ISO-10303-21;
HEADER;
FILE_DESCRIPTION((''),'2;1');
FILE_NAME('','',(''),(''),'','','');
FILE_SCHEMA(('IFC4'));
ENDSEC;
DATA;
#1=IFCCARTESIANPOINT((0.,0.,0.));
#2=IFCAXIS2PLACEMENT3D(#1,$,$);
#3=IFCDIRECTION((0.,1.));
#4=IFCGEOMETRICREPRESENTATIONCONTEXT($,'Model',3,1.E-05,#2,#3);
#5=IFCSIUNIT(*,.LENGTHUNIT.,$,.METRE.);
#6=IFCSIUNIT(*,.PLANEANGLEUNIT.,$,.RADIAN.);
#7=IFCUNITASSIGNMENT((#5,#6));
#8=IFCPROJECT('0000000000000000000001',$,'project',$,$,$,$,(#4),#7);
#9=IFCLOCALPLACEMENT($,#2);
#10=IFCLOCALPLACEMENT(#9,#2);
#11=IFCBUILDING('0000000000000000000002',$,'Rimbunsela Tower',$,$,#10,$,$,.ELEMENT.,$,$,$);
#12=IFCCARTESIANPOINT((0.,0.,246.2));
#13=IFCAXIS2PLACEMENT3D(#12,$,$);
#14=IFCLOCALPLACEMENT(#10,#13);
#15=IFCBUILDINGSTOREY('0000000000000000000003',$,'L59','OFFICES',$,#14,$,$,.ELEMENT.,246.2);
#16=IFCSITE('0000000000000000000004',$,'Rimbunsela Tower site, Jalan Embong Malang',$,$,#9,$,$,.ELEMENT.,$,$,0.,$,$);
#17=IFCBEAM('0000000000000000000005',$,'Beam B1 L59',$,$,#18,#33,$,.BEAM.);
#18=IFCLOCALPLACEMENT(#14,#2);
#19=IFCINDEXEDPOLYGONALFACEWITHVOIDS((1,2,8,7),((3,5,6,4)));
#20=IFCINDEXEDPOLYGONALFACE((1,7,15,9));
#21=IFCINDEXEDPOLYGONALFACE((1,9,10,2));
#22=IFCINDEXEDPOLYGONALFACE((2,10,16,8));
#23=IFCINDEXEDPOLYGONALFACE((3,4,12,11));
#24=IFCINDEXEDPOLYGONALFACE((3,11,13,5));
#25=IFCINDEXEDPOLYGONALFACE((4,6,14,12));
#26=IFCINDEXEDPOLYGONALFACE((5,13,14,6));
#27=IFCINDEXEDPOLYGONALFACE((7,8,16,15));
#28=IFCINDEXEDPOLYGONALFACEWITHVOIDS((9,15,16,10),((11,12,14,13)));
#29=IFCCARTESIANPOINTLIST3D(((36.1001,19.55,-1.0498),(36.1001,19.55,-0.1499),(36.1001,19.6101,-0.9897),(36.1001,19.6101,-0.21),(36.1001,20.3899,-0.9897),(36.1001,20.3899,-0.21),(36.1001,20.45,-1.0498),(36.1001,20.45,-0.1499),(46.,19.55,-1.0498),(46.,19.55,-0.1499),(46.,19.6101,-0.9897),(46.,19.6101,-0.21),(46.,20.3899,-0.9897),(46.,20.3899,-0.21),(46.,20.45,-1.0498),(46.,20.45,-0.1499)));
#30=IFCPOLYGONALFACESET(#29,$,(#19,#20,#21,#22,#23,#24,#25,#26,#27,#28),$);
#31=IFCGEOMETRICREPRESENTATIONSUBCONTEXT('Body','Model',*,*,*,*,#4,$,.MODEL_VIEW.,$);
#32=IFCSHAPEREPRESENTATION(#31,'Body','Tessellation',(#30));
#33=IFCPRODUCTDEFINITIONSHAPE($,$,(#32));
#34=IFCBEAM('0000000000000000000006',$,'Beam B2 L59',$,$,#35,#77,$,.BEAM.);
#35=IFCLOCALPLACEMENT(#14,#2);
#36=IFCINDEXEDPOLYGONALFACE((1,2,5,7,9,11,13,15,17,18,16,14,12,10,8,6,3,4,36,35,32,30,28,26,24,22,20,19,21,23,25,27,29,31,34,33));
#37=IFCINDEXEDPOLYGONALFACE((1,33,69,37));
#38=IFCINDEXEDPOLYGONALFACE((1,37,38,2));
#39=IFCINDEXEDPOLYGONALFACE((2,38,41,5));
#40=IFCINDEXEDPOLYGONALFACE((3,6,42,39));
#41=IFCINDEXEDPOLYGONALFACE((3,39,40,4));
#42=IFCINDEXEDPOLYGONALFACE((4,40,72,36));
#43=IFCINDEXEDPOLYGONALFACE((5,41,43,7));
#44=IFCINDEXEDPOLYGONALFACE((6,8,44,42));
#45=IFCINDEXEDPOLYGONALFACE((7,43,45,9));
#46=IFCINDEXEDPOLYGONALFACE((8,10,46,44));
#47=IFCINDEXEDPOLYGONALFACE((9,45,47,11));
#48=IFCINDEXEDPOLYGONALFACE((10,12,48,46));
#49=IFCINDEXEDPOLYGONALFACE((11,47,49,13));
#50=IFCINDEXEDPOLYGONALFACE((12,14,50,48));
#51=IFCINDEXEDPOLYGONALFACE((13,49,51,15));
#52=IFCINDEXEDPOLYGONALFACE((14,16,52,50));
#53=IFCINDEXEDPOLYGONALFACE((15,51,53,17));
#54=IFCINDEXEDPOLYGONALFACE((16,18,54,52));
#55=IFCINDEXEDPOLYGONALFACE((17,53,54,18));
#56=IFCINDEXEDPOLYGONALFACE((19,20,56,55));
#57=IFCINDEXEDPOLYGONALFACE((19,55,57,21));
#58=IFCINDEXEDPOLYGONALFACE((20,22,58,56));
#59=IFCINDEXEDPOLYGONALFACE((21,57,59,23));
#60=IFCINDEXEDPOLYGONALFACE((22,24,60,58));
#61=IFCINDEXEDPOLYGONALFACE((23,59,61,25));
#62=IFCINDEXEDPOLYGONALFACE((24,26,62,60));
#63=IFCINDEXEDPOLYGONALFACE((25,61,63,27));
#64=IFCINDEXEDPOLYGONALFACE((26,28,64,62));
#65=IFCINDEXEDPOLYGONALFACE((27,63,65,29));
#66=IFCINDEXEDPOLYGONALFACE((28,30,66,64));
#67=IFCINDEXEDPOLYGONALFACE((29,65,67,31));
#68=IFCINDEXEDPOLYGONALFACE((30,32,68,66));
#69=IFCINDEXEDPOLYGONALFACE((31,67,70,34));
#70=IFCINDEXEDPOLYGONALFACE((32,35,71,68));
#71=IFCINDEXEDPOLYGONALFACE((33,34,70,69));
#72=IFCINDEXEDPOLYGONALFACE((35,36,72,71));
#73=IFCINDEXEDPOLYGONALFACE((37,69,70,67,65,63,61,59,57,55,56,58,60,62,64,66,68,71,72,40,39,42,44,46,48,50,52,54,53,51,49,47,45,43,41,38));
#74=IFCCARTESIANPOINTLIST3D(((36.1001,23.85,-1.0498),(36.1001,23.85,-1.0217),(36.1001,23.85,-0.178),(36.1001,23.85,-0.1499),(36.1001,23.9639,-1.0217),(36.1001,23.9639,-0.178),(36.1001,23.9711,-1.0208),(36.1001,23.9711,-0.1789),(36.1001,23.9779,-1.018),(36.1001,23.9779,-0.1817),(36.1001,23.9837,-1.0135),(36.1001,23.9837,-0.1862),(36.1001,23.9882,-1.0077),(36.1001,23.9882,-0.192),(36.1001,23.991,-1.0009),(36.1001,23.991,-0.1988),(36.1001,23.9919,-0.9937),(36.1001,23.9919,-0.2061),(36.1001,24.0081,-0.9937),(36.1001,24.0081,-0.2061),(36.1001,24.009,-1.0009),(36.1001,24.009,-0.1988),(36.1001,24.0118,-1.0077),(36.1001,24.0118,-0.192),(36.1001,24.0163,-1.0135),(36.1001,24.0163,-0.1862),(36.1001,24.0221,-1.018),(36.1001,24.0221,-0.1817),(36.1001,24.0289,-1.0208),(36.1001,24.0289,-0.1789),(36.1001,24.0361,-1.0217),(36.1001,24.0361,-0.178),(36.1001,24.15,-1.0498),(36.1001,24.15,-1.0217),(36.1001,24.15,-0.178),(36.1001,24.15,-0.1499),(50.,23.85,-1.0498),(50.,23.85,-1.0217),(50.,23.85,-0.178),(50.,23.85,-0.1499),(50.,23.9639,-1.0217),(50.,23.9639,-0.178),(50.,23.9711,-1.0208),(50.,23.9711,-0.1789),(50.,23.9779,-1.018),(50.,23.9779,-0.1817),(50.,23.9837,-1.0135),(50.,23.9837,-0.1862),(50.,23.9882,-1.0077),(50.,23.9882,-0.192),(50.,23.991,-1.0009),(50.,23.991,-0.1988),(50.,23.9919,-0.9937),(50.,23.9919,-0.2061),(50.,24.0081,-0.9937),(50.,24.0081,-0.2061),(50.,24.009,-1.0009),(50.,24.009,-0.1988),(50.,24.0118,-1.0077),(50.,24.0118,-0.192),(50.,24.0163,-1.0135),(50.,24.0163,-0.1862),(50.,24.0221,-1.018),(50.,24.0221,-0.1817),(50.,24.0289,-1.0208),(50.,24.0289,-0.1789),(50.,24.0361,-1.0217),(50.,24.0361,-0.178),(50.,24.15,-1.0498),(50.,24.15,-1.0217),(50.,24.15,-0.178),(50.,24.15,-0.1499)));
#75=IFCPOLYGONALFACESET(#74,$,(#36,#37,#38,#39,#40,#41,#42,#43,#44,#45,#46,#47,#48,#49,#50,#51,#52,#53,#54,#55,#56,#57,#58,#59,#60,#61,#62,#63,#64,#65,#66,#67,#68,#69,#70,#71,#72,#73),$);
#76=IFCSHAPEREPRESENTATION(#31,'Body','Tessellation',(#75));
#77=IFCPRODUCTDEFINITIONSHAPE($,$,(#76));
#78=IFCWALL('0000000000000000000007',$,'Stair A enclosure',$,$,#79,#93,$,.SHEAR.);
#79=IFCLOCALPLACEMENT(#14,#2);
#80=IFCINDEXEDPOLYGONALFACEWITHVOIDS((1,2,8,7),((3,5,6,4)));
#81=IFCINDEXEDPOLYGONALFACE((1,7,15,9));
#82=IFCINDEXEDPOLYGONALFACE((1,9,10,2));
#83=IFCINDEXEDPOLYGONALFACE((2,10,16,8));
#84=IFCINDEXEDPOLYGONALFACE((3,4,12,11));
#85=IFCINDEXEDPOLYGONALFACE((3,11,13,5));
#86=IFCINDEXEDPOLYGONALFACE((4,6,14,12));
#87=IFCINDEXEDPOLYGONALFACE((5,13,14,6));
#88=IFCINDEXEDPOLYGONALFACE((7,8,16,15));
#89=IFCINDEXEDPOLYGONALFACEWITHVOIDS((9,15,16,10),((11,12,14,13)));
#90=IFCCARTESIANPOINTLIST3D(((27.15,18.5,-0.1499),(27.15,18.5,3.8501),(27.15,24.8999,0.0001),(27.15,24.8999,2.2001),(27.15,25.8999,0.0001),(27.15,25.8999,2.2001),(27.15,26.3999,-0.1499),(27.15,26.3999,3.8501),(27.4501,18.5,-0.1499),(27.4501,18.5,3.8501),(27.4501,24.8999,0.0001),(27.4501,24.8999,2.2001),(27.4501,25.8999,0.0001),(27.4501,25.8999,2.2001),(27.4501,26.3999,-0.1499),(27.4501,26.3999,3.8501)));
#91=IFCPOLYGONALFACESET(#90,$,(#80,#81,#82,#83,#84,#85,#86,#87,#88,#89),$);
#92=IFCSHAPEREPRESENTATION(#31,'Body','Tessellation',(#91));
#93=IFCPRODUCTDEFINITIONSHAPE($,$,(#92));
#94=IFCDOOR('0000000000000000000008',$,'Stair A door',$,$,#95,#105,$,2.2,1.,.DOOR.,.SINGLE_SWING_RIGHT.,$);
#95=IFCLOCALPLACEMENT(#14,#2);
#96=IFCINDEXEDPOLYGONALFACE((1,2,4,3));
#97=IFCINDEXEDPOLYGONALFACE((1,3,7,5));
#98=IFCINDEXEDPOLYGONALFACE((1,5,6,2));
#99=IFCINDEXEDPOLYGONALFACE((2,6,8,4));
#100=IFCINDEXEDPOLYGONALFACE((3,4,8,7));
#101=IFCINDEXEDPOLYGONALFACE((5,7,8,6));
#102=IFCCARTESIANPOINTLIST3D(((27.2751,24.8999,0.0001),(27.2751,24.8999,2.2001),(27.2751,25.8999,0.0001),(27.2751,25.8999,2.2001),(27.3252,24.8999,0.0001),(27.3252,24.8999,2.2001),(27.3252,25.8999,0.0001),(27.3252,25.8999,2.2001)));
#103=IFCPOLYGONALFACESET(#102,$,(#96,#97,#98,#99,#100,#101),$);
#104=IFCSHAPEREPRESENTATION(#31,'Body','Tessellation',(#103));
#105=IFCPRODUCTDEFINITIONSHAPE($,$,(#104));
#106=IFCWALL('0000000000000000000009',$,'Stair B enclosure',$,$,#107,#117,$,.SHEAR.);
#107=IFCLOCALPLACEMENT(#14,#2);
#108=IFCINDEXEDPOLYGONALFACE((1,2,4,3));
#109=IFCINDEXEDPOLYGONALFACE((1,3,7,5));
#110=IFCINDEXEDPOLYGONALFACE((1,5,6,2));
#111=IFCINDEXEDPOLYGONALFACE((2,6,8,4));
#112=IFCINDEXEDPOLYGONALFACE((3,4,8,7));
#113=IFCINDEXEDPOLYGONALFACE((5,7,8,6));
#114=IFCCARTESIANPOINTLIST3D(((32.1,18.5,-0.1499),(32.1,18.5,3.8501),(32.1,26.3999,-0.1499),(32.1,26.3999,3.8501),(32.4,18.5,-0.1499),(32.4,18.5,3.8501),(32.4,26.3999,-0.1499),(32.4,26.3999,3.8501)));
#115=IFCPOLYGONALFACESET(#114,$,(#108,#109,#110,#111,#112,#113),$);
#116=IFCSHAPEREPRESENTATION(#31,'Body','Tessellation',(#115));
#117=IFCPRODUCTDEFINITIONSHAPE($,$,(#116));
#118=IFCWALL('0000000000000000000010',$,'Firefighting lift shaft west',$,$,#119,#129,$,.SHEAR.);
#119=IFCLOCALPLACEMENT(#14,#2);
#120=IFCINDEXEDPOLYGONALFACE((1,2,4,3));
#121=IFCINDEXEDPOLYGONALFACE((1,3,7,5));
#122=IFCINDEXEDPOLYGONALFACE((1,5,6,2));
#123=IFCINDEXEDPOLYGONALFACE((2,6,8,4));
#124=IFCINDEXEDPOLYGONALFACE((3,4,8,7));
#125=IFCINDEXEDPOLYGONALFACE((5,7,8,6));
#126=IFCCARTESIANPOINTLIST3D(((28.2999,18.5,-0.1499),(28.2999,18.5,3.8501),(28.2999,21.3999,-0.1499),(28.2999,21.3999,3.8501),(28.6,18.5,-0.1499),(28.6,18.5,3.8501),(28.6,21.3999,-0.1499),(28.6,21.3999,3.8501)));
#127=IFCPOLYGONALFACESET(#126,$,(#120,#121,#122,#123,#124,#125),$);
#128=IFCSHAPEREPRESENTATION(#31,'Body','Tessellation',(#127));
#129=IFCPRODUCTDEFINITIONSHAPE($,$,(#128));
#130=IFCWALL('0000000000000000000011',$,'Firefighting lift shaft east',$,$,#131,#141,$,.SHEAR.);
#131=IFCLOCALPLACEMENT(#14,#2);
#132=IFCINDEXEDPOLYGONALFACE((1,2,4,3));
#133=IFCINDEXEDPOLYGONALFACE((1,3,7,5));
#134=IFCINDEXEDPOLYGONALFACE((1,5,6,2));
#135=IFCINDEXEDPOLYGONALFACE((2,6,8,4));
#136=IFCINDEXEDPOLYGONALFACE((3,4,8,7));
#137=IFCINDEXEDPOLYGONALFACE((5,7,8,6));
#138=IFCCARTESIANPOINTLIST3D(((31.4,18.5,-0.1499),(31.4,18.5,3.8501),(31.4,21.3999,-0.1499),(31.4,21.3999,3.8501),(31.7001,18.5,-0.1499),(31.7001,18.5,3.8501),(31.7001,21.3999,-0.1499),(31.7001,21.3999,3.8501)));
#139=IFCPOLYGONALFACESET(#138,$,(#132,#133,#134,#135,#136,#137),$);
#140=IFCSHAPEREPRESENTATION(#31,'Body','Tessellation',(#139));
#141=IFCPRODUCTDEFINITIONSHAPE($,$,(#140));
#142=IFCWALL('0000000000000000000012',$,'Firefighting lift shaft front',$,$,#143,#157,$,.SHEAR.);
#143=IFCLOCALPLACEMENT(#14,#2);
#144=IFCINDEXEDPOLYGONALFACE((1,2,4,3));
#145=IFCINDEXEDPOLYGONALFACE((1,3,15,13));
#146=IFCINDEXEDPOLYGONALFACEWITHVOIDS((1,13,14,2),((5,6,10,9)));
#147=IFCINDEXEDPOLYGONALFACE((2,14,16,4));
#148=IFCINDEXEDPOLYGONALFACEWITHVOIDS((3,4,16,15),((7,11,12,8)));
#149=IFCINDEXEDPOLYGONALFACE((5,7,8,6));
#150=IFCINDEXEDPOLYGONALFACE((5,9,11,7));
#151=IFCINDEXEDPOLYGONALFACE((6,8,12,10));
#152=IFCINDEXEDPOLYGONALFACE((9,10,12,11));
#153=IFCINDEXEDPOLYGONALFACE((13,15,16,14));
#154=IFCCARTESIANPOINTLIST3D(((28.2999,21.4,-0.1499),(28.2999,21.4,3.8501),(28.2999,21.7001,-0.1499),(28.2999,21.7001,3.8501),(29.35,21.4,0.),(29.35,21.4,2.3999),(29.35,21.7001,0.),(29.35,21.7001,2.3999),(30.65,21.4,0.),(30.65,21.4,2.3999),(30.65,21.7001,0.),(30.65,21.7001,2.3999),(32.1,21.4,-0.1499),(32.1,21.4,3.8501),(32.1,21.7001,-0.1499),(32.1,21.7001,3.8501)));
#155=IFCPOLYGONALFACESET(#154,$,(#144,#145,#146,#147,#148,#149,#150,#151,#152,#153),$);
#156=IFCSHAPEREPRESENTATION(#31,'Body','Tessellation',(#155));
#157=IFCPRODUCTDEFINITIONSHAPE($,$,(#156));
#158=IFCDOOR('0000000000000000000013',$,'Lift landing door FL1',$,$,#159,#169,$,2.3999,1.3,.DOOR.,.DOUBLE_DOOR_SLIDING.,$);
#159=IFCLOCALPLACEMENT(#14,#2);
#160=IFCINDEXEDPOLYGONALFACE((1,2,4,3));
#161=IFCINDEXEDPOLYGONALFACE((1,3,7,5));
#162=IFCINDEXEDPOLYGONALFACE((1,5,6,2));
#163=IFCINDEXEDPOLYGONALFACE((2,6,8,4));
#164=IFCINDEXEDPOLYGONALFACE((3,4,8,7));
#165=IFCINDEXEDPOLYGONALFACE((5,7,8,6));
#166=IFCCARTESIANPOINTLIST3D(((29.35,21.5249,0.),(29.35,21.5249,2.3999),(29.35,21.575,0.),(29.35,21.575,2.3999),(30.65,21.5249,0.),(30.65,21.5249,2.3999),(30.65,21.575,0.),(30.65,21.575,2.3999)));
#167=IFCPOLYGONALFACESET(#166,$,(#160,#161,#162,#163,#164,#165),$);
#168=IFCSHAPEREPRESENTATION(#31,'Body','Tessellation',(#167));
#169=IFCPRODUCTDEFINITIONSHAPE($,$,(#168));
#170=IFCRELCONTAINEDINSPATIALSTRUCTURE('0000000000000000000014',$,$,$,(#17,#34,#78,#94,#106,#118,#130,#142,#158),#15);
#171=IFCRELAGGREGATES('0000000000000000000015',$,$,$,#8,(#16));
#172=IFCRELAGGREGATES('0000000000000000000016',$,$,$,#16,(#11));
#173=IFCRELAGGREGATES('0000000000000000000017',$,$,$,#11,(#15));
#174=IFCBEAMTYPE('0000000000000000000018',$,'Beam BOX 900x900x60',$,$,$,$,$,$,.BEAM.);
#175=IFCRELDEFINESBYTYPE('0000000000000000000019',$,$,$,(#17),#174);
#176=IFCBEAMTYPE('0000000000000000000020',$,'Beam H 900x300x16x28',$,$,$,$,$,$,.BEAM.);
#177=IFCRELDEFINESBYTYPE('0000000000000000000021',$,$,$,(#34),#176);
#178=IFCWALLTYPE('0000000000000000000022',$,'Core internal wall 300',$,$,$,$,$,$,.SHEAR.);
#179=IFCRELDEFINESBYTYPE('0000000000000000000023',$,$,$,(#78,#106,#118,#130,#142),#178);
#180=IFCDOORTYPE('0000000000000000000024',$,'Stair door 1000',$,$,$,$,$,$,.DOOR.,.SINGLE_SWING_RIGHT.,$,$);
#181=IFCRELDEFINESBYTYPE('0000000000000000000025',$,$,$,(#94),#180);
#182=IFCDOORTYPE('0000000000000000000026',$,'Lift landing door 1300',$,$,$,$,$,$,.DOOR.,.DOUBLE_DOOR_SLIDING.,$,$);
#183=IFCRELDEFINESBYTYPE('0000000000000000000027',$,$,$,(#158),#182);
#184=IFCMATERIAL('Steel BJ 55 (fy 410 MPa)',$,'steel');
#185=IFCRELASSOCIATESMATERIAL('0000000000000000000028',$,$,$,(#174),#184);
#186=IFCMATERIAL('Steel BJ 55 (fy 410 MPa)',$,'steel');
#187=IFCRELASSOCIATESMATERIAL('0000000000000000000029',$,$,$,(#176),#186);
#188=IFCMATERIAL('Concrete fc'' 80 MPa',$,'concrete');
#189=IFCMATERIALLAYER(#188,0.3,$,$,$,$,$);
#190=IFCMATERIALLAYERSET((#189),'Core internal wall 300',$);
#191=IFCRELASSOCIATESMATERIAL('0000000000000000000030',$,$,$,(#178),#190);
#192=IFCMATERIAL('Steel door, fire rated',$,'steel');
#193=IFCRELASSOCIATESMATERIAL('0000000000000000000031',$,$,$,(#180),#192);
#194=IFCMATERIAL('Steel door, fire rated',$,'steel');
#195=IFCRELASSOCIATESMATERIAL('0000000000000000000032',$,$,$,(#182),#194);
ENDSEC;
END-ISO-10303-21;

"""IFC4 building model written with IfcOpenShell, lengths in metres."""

from ifc_helpers import new_model, si_unit, direction, frame, frame_2d, origin, origin_2d, place, context, subcontext, project, spatial, rectangle, hollow_rectangle, i_section, extrude, material, layer, layer_set, material_profile, profile_set, type_object, element, fill, save


model = new_model("IFC4")

# Units and contexts
model_context = context("Model", 3, precision=1e-05, world=origin(), true_north=direction((0.0, 1.0)))
body_context = subcontext(model_context, "Body", "Model", "MODEL_VIEW")
ifc_project = project(units=[si_unit("LENGTHUNIT", "METRE"), si_unit("PLANEANGLEUNIT", "RADIAN")], contexts=[model_context])

# Site, building, storey
site_placement = place(None, origin())
site = spatial("IfcSite", under=ifc_project, at=site_placement, Name="Rimbunsela Tower site, Jalan Embong Malang", CompositionType="ELEMENT", RefElevation=0.0)
building_placement = place(site_placement, origin())
building = spatial("IfcBuilding", under=site, at=building_placement, Name="Rimbunsela Tower", CompositionType="ELEMENT")
storey_placement = place(building_placement, frame((0.0, 0.0, 246.2)))
storey = spatial("IfcBuildingStorey", under=building, at=storey_placement, Name="L59", Description="OFFICES", CompositionType="ELEMENT", Elevation=246.2)

# Beams
ifc_material_1 = material(Name="Steel BJ 55 (fy 410 MPa)", Category="steel")
ifc_material_profile_1 = material_profile(ifc_material_1, hollow_rectangle(XDim=0.8999, YDim=0.8999, WallThickness=0.0601, at=origin_2d()), Name="BOX 900x900x60")
ifc_profile_set_1 = profile_set([ifc_material_profile_1], Name="Steel BJ 55 (fy 410 MPa)")
beam_type_1 = type_object("IfcBeamType", Name="Beam BOX 900x900x60", PredefinedType="BEAM", material=ifc_profile_set_1)
beam_1_placement = place(storey_placement, frame((36.1001, 20.0, -0.5999), z_axis=(1.0, 0.0, 0.0), x_axis=(0.0, 1.0, 0.0)))
element("IfcBeam", 1, at=beam_1_placement, inside=storey, type_object=beam_type_1, Name="Beam B1 L59", PredefinedType="BEAM", context=body_context, shape_type="SweptSolid", body=[
    extrude(hollow_rectangle(XDim=0.8999, YDim=0.8999, WallThickness=0.0601, at=origin_2d()), origin(), (0.0, 0.0, 1.0), 9.8999),
])
ifc_material_2 = material(Name="Steel BJ 55 (fy 410 MPa)", Category="steel")
ifc_material_profile_2 = material_profile(ifc_material_2, i_section(OverallWidth=0.3, OverallDepth=0.8999, WebThickness=0.0161, FlangeThickness=0.0281, FilletRadius=0.0281, at=origin_2d()), Name="H 900x300x16x28")
ifc_profile_set_2 = profile_set([ifc_material_profile_2], Name="Steel BJ 55 (fy 410 MPa)")
beam_type_2 = type_object("IfcBeamType", Name="Beam H 900x300x16x28", PredefinedType="BEAM", material=ifc_profile_set_2)
beam_2_placement = place(storey_placement, frame((36.1001, 24.0, -0.5999), z_axis=(1.0, 0.0, 0.0), x_axis=(0.0, 1.0, 0.0)))
element("IfcBeam", 2, at=beam_2_placement, inside=storey, type_object=beam_type_2, Name="Beam B2 L59", PredefinedType="BEAM", context=body_context, shape_type="SweptSolid", body=[
    extrude(i_section(OverallWidth=0.3, OverallDepth=0.8999, WebThickness=0.0161, FlangeThickness=0.0281, FilletRadius=0.0281, at=origin_2d()), origin(), (0.0, 0.0, 1.0), 13.8999),
])

# Wall, opening, door
ifc_material_3 = material(Name="Concrete fc' 80 MPa", Category="concrete")
ifc_layer_1 = layer(ifc_material_3, 0.3)
ifc_layer_set_1 = layer_set([ifc_layer_1], Name="Core internal wall 300")
wall_type_1 = type_object("IfcWallType", Name="Core internal wall 300", PredefinedType="SHEAR", material=ifc_layer_set_1)
wall_1_placement = place(storey_placement, frame((27.3, 18.5, -0.1499), z_axis=(0.0, 0.0, 1.0), x_axis=(0.0, 1.0, 0.0)))
wall_1 = element("IfcWall", 3, at=wall_1_placement, inside=storey, type_object=wall_type_1, Name="Stair A enclosure", PredefinedType="SHEAR", context=body_context, shape_type="SweptSolid", body=[
    extrude(rectangle(XDim=7.8999, YDim=0.3, at=frame_2d((3.95, 0.0))), origin(), (0.0, 0.0, 1.0), 4.0),
])
opening_1_placement = place(wall_1_placement, frame((6.3999, 0.0, 0.1499)))
opening_1 = element("IfcOpeningElement", 4, at=opening_1_placement, cuts=wall_1, PredefinedType="OPENING", context=body_context, shape_type="SweptSolid", body=[
    extrude(rectangle(XDim=1.0, YDim=2.2, at=frame_2d((0.5, 1.1001))), frame((0.0, 0.1599, 0.0), z_axis=(0.0, -1.0, 0.0), x_axis=(1.0, 0.0, 0.0)), (0.0, 0.0, 1.0), 0.3201),
])
ifc_material_4 = material(Name="Steel door, fire rated", Category="steel")
door_type_1 = type_object("IfcDoorType", Name="Stair door 1000", OperationType="SINGLE_SWING_RIGHT", PredefinedType="DOOR", material=ifc_material_4)
door_1_placement = place(opening_1_placement, origin())
door_1 = element("IfcDoor", 5, at=door_1_placement, inside=storey, type_object=door_type_1, Name="Stair A door", OperationType="SINGLE_SWING_RIGHT", OverallHeight=2.2, OverallWidth=1.0, PredefinedType="DOOR", context=body_context, shape_type="SweptSolid", body=[
    extrude(rectangle(XDim=1.0, YDim=2.2, at=frame_2d((0.5, 1.1001))), frame((0.0, 0.0249, 0.0), z_axis=(0.0, -1.0, 0.0), x_axis=(1.0, 0.0, 0.0)), (0.0, 0.0, 1.0), 0.05),
])
fill(opening_1, door_1)

# Walls
wall_2_placement = place(storey_placement, frame((32.25, 18.5, -0.1499), z_axis=(0.0, 0.0, 1.0), x_axis=(0.0, 1.0, 0.0)))
element("IfcWall", 6, at=wall_2_placement, inside=storey, type_object=wall_type_1, Name="Stair B enclosure", PredefinedType="SHEAR", context=body_context, shape_type="SweptSolid", body=[
    extrude(rectangle(XDim=7.8999, YDim=0.3, at=frame_2d((3.95, 0.0))), origin(), (0.0, 0.0, 1.0), 4.0),
])
for number, where, z_axis, x_axis, name in (
    (7, (28.45, 18.5, -0.1499), (0.0, 0.0, 1.0), (0.0, 1.0, 0.0), "Firefighting lift shaft west"),
    (8, (31.55, 18.5, -0.1499), (0.0, 0.0, 1.0), (0.0, 1.0, 0.0), "Firefighting lift shaft east"),
):
    element("IfcWall", number, at=place(storey_placement, frame(where, z_axis=z_axis, x_axis=x_axis)), inside=storey, type_object=wall_type_1, Name=name, PredefinedType="SHEAR", context=body_context, shape_type="SweptSolid", body=[
        extrude(rectangle(XDim=2.8999, YDim=0.3, at=frame_2d((1.45, 0.0))), origin(), (0.0, 0.0, 1.0), 4.0),
    ])

# Wall, opening, door
wall_3_placement = place(storey_placement, frame((28.3, 21.55, -0.1499), z_axis=(0.0, 0.0, 1.0), x_axis=(1.0, 0.0, 0.0)))
wall_3 = element("IfcWall", 9, at=wall_3_placement, inside=storey, type_object=wall_type_1, Name="Firefighting lift shaft front", PredefinedType="SHEAR", context=body_context, shape_type="SweptSolid", body=[
    extrude(rectangle(XDim=3.8, YDim=0.3, at=frame_2d((1.8999, 0.0))), origin(), (0.0, 0.0, 1.0), 4.0),
])
opening_2_placement = place(wall_3_placement, frame((1.05, 0.0, 0.1499)))
opening_2 = element("IfcOpeningElement", 10, at=opening_2_placement, cuts=wall_3, PredefinedType="OPENING", context=body_context, shape_type="SweptSolid", body=[
    extrude(rectangle(XDim=1.3, YDim=2.3999, at=frame_2d((0.6499, 1.2))), frame((0.0, 0.1599, 0.0), z_axis=(0.0, -1.0, 0.0), x_axis=(1.0, 0.0, 0.0)), (0.0, 0.0, 1.0), 0.3201),
])
ifc_material_5 = material(Name="Steel door, fire rated", Category="steel")
door_type_2 = type_object("IfcDoorType", Name="Lift landing door 1300", OperationType="DOUBLE_DOOR_SLIDING", PredefinedType="DOOR", material=ifc_material_5)
door_2_placement = place(opening_2_placement, origin())
door_2 = element("IfcDoor", 11, at=door_2_placement, inside=storey, type_object=door_type_2, Name="Lift landing door FL1", OperationType="DOUBLE_DOOR_SLIDING", OverallHeight=2.3999, OverallWidth=1.3, PredefinedType="DOOR", context=body_context, shape_type="SweptSolid", body=[
    extrude(rectangle(XDim=1.3, YDim=2.3999, at=frame_2d((0.6499, 1.2))), frame((0.0, 0.0249, 0.0), z_axis=(0.0, -1.0, 0.0), x_axis=(1.0, 0.0, 0.0)), (0.0, 0.0, 1.0), 0.05),
])
fill(opening_2, door_2)

save(model, "model.ifc")
